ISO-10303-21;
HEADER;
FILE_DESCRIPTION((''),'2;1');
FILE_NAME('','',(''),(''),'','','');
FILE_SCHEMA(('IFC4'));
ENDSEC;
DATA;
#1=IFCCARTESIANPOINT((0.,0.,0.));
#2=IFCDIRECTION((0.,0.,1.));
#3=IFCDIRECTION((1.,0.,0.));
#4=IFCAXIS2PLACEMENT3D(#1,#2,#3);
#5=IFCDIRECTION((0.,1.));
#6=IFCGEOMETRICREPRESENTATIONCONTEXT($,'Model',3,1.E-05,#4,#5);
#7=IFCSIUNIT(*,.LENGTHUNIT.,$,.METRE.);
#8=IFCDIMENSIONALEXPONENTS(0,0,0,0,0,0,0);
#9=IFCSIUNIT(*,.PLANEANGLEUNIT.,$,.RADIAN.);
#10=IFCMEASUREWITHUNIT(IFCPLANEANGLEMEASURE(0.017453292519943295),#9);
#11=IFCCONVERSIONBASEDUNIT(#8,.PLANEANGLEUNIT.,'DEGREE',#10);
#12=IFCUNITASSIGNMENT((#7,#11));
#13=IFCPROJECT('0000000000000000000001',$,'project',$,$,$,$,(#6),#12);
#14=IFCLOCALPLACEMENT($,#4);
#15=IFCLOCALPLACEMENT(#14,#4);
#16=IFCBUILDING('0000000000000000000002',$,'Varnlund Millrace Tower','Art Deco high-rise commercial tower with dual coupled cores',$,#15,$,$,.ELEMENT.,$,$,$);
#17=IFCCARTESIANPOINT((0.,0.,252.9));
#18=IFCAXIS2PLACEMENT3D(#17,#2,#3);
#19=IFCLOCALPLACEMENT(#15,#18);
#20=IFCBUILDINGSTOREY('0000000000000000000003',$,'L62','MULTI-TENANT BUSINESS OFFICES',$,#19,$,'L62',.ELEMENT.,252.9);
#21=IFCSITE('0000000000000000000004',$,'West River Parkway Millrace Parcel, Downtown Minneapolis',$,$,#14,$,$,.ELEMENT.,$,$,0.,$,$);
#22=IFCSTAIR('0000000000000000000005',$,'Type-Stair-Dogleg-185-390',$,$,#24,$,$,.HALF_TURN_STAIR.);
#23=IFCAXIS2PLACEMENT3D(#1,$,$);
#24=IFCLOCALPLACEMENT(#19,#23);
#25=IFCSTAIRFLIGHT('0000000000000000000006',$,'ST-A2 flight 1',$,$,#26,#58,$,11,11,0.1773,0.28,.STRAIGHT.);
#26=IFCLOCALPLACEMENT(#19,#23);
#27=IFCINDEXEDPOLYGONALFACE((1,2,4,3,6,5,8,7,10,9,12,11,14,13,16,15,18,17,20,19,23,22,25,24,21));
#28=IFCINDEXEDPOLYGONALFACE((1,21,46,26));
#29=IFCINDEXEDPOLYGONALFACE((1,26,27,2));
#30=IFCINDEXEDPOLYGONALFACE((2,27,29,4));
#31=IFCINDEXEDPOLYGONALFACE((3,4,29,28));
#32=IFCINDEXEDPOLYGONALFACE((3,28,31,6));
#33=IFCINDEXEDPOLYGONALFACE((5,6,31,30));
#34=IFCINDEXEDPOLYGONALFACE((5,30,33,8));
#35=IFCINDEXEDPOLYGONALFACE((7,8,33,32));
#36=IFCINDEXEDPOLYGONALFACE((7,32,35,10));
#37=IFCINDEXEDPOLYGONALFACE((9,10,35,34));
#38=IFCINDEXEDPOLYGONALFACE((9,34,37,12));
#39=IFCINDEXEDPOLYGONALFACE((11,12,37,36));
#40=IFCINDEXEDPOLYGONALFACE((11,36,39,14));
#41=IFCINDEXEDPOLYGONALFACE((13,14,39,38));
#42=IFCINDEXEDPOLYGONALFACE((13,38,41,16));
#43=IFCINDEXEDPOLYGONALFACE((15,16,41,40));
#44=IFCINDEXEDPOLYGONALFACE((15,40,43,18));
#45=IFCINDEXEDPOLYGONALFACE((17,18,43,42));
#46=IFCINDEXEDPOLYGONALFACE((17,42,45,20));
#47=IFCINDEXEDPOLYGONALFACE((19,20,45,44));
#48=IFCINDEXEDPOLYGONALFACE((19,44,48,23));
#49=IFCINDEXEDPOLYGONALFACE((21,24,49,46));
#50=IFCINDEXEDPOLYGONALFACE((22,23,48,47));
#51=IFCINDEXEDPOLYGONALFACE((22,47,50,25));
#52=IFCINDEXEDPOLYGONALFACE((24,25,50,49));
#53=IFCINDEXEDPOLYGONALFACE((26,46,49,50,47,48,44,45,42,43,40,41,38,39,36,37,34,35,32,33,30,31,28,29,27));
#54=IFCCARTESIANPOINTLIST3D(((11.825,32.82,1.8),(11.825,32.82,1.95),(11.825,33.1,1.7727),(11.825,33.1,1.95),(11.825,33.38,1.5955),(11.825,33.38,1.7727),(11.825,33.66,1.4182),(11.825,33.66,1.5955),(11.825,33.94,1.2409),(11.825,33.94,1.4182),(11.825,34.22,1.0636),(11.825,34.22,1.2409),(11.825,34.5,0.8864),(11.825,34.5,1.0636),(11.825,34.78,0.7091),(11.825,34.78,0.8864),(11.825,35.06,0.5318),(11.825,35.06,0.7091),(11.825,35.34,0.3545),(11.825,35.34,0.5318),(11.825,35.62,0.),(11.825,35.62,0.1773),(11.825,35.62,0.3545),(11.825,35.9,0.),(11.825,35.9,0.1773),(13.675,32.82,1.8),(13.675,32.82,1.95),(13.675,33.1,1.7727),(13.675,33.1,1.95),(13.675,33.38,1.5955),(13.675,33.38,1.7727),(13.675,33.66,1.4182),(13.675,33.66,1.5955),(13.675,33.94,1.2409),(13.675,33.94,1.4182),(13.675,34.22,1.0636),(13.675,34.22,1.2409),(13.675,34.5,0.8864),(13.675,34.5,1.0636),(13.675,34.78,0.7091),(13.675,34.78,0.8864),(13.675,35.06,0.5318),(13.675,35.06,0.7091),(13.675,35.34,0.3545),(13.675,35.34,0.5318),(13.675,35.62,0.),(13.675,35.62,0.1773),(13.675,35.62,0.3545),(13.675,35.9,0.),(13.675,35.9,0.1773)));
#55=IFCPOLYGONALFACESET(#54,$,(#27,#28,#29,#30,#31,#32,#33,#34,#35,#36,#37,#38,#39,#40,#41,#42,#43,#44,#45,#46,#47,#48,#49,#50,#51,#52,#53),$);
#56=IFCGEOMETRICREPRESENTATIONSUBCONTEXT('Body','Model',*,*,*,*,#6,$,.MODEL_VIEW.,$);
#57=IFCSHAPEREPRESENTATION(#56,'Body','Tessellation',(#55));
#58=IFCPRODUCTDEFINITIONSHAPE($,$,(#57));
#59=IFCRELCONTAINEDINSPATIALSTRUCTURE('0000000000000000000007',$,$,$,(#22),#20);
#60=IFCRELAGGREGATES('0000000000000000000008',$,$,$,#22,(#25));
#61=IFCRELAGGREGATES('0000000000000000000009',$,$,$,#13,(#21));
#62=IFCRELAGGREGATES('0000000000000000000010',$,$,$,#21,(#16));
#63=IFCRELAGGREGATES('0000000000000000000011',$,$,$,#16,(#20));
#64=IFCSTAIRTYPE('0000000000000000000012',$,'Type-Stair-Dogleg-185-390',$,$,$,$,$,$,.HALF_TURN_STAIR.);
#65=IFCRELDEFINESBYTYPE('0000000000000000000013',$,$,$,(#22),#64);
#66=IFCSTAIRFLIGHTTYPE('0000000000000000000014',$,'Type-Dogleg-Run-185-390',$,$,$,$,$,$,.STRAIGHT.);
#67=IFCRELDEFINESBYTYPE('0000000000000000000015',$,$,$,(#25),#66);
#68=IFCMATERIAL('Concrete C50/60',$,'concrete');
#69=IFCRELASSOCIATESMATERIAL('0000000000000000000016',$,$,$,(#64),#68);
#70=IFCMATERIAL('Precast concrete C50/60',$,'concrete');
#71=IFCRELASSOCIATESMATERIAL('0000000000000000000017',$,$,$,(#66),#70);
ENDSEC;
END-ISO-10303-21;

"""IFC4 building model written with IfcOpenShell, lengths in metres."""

from ifc_helpers import new_model, entity, si_unit, converted_unit, direction, frame, origin_with_axes, place, context, subcontext, project, spatial, polyline, outline, extrude, material, type_object, element, aggregate, save


model = new_model("IFC4")

# Units and contexts
model_context = context("Model", 3, precision=1e-05, world=origin_with_axes(), true_north=direction((0.0, 1.0)))
body_context = subcontext(model_context, "Body", "Model", "MODEL_VIEW")
ifc_project = project(units=[si_unit("LENGTHUNIT", "METRE"), converted_unit("PLANEANGLEUNIT", "DEGREE", entity("IfcPlaneAngleMeasure", 0.017453292519943295), si_unit("PLANEANGLEUNIT", "RADIAN"), dimensions=[0, 0, 0, 0, 0, 0, 0])], contexts=[model_context])

# Site, building, storey
site_placement = place(None, origin_with_axes())
site = spatial("IfcSite", under=ifc_project, at=site_placement, Name="West River Parkway Millrace Parcel, Downtown Minneapolis", CompositionType="ELEMENT", RefElevation=0.0)
building_placement = place(site_placement, origin_with_axes())
building = spatial("IfcBuilding", under=site, at=building_placement, Name="Varnlund Millrace Tower", Description="Art Deco high-rise commercial tower with dual coupled cores", CompositionType="ELEMENT")
storey_placement = place(building_placement, frame((0.0, 0.0, 252.9), z_axis=(0.0, 0.0, 1.0), x_axis=(1.0, 0.0, 0.0)))
storey = spatial("IfcBuildingStorey", under=building, at=storey_placement, Name="L62", Description="MULTI-TENANT BUSINESS OFFICES", LongName="L62", CompositionType="ELEMENT", Elevation=252.9)

# Stair, stair flight
ifc_material_1 = material(Name="Concrete C50/60", Category="concrete")
ifc_material_2 = material(Name="Precast concrete C50/60", Category="concrete")
stair_type_1 = type_object("IfcStairType", Name="Type-Stair-Dogleg-185-390", PredefinedType="HALF_TURN_STAIR", material=ifc_material_1)
stair_1_placement = place(storey_placement, origin_with_axes())
stair_1 = element("IfcStair", 1, at=stair_1_placement, inside=storey, type_object=stair_type_1, Name="Type-Stair-Dogleg-185-390", PredefinedType="HALF_TURN_STAIR")
stair_flight_type_1 = type_object("IfcStairFlightType", Name="Type-Dogleg-Run-185-390", PredefinedType="STRAIGHT", material=ifc_material_2)
stair_flight_1_placement = place(storey_placement, frame((13.675, 35.9, 0.0), z_axis=(-1.0, 0.0, 0.0), x_axis=(0.0, -1.0, 0.0)))
stair_flight_1 = element("IfcStairFlight", 2, at=stair_flight_1_placement, type_object=stair_flight_type_1, Name="ST-A2 flight 1", NumberOfRisers=11, NumberOfTreads=11, PredefinedType="STRAIGHT", RiserHeight=0.1773, TreadLength=0.28, context=body_context, shape_type="SweptSolid", body=[
    extrude(outline(polyline([(0.0, 0.0), (0.0, 0.1773), (0.28, 0.1773), (0.28, 0.3545), (0.56, 0.3545), (0.56, 0.5318), (0.84, 0.5318), (0.84, 0.7091), (1.12, 0.7091), (1.12, 0.8864), (1.4, 0.8864), (1.4, 1.0636), (1.68, 1.0636), (1.68, 1.2409), (1.96, 1.2409), (1.96, 1.4182), (2.24, 1.4182), (2.24, 1.5955), (2.52, 1.5955), (2.52, 1.7727), (2.8, 1.7727), (2.8, 1.95), (3.08, 1.95), (3.08, 1.8), (0.28, 0.0), (0.0, 0.0)])), origin_with_axes(), (0.0, 0.0, 1.0), 1.85),
])
aggregate(stair_1, [stair_flight_1])

save(model, "model.ifc")
